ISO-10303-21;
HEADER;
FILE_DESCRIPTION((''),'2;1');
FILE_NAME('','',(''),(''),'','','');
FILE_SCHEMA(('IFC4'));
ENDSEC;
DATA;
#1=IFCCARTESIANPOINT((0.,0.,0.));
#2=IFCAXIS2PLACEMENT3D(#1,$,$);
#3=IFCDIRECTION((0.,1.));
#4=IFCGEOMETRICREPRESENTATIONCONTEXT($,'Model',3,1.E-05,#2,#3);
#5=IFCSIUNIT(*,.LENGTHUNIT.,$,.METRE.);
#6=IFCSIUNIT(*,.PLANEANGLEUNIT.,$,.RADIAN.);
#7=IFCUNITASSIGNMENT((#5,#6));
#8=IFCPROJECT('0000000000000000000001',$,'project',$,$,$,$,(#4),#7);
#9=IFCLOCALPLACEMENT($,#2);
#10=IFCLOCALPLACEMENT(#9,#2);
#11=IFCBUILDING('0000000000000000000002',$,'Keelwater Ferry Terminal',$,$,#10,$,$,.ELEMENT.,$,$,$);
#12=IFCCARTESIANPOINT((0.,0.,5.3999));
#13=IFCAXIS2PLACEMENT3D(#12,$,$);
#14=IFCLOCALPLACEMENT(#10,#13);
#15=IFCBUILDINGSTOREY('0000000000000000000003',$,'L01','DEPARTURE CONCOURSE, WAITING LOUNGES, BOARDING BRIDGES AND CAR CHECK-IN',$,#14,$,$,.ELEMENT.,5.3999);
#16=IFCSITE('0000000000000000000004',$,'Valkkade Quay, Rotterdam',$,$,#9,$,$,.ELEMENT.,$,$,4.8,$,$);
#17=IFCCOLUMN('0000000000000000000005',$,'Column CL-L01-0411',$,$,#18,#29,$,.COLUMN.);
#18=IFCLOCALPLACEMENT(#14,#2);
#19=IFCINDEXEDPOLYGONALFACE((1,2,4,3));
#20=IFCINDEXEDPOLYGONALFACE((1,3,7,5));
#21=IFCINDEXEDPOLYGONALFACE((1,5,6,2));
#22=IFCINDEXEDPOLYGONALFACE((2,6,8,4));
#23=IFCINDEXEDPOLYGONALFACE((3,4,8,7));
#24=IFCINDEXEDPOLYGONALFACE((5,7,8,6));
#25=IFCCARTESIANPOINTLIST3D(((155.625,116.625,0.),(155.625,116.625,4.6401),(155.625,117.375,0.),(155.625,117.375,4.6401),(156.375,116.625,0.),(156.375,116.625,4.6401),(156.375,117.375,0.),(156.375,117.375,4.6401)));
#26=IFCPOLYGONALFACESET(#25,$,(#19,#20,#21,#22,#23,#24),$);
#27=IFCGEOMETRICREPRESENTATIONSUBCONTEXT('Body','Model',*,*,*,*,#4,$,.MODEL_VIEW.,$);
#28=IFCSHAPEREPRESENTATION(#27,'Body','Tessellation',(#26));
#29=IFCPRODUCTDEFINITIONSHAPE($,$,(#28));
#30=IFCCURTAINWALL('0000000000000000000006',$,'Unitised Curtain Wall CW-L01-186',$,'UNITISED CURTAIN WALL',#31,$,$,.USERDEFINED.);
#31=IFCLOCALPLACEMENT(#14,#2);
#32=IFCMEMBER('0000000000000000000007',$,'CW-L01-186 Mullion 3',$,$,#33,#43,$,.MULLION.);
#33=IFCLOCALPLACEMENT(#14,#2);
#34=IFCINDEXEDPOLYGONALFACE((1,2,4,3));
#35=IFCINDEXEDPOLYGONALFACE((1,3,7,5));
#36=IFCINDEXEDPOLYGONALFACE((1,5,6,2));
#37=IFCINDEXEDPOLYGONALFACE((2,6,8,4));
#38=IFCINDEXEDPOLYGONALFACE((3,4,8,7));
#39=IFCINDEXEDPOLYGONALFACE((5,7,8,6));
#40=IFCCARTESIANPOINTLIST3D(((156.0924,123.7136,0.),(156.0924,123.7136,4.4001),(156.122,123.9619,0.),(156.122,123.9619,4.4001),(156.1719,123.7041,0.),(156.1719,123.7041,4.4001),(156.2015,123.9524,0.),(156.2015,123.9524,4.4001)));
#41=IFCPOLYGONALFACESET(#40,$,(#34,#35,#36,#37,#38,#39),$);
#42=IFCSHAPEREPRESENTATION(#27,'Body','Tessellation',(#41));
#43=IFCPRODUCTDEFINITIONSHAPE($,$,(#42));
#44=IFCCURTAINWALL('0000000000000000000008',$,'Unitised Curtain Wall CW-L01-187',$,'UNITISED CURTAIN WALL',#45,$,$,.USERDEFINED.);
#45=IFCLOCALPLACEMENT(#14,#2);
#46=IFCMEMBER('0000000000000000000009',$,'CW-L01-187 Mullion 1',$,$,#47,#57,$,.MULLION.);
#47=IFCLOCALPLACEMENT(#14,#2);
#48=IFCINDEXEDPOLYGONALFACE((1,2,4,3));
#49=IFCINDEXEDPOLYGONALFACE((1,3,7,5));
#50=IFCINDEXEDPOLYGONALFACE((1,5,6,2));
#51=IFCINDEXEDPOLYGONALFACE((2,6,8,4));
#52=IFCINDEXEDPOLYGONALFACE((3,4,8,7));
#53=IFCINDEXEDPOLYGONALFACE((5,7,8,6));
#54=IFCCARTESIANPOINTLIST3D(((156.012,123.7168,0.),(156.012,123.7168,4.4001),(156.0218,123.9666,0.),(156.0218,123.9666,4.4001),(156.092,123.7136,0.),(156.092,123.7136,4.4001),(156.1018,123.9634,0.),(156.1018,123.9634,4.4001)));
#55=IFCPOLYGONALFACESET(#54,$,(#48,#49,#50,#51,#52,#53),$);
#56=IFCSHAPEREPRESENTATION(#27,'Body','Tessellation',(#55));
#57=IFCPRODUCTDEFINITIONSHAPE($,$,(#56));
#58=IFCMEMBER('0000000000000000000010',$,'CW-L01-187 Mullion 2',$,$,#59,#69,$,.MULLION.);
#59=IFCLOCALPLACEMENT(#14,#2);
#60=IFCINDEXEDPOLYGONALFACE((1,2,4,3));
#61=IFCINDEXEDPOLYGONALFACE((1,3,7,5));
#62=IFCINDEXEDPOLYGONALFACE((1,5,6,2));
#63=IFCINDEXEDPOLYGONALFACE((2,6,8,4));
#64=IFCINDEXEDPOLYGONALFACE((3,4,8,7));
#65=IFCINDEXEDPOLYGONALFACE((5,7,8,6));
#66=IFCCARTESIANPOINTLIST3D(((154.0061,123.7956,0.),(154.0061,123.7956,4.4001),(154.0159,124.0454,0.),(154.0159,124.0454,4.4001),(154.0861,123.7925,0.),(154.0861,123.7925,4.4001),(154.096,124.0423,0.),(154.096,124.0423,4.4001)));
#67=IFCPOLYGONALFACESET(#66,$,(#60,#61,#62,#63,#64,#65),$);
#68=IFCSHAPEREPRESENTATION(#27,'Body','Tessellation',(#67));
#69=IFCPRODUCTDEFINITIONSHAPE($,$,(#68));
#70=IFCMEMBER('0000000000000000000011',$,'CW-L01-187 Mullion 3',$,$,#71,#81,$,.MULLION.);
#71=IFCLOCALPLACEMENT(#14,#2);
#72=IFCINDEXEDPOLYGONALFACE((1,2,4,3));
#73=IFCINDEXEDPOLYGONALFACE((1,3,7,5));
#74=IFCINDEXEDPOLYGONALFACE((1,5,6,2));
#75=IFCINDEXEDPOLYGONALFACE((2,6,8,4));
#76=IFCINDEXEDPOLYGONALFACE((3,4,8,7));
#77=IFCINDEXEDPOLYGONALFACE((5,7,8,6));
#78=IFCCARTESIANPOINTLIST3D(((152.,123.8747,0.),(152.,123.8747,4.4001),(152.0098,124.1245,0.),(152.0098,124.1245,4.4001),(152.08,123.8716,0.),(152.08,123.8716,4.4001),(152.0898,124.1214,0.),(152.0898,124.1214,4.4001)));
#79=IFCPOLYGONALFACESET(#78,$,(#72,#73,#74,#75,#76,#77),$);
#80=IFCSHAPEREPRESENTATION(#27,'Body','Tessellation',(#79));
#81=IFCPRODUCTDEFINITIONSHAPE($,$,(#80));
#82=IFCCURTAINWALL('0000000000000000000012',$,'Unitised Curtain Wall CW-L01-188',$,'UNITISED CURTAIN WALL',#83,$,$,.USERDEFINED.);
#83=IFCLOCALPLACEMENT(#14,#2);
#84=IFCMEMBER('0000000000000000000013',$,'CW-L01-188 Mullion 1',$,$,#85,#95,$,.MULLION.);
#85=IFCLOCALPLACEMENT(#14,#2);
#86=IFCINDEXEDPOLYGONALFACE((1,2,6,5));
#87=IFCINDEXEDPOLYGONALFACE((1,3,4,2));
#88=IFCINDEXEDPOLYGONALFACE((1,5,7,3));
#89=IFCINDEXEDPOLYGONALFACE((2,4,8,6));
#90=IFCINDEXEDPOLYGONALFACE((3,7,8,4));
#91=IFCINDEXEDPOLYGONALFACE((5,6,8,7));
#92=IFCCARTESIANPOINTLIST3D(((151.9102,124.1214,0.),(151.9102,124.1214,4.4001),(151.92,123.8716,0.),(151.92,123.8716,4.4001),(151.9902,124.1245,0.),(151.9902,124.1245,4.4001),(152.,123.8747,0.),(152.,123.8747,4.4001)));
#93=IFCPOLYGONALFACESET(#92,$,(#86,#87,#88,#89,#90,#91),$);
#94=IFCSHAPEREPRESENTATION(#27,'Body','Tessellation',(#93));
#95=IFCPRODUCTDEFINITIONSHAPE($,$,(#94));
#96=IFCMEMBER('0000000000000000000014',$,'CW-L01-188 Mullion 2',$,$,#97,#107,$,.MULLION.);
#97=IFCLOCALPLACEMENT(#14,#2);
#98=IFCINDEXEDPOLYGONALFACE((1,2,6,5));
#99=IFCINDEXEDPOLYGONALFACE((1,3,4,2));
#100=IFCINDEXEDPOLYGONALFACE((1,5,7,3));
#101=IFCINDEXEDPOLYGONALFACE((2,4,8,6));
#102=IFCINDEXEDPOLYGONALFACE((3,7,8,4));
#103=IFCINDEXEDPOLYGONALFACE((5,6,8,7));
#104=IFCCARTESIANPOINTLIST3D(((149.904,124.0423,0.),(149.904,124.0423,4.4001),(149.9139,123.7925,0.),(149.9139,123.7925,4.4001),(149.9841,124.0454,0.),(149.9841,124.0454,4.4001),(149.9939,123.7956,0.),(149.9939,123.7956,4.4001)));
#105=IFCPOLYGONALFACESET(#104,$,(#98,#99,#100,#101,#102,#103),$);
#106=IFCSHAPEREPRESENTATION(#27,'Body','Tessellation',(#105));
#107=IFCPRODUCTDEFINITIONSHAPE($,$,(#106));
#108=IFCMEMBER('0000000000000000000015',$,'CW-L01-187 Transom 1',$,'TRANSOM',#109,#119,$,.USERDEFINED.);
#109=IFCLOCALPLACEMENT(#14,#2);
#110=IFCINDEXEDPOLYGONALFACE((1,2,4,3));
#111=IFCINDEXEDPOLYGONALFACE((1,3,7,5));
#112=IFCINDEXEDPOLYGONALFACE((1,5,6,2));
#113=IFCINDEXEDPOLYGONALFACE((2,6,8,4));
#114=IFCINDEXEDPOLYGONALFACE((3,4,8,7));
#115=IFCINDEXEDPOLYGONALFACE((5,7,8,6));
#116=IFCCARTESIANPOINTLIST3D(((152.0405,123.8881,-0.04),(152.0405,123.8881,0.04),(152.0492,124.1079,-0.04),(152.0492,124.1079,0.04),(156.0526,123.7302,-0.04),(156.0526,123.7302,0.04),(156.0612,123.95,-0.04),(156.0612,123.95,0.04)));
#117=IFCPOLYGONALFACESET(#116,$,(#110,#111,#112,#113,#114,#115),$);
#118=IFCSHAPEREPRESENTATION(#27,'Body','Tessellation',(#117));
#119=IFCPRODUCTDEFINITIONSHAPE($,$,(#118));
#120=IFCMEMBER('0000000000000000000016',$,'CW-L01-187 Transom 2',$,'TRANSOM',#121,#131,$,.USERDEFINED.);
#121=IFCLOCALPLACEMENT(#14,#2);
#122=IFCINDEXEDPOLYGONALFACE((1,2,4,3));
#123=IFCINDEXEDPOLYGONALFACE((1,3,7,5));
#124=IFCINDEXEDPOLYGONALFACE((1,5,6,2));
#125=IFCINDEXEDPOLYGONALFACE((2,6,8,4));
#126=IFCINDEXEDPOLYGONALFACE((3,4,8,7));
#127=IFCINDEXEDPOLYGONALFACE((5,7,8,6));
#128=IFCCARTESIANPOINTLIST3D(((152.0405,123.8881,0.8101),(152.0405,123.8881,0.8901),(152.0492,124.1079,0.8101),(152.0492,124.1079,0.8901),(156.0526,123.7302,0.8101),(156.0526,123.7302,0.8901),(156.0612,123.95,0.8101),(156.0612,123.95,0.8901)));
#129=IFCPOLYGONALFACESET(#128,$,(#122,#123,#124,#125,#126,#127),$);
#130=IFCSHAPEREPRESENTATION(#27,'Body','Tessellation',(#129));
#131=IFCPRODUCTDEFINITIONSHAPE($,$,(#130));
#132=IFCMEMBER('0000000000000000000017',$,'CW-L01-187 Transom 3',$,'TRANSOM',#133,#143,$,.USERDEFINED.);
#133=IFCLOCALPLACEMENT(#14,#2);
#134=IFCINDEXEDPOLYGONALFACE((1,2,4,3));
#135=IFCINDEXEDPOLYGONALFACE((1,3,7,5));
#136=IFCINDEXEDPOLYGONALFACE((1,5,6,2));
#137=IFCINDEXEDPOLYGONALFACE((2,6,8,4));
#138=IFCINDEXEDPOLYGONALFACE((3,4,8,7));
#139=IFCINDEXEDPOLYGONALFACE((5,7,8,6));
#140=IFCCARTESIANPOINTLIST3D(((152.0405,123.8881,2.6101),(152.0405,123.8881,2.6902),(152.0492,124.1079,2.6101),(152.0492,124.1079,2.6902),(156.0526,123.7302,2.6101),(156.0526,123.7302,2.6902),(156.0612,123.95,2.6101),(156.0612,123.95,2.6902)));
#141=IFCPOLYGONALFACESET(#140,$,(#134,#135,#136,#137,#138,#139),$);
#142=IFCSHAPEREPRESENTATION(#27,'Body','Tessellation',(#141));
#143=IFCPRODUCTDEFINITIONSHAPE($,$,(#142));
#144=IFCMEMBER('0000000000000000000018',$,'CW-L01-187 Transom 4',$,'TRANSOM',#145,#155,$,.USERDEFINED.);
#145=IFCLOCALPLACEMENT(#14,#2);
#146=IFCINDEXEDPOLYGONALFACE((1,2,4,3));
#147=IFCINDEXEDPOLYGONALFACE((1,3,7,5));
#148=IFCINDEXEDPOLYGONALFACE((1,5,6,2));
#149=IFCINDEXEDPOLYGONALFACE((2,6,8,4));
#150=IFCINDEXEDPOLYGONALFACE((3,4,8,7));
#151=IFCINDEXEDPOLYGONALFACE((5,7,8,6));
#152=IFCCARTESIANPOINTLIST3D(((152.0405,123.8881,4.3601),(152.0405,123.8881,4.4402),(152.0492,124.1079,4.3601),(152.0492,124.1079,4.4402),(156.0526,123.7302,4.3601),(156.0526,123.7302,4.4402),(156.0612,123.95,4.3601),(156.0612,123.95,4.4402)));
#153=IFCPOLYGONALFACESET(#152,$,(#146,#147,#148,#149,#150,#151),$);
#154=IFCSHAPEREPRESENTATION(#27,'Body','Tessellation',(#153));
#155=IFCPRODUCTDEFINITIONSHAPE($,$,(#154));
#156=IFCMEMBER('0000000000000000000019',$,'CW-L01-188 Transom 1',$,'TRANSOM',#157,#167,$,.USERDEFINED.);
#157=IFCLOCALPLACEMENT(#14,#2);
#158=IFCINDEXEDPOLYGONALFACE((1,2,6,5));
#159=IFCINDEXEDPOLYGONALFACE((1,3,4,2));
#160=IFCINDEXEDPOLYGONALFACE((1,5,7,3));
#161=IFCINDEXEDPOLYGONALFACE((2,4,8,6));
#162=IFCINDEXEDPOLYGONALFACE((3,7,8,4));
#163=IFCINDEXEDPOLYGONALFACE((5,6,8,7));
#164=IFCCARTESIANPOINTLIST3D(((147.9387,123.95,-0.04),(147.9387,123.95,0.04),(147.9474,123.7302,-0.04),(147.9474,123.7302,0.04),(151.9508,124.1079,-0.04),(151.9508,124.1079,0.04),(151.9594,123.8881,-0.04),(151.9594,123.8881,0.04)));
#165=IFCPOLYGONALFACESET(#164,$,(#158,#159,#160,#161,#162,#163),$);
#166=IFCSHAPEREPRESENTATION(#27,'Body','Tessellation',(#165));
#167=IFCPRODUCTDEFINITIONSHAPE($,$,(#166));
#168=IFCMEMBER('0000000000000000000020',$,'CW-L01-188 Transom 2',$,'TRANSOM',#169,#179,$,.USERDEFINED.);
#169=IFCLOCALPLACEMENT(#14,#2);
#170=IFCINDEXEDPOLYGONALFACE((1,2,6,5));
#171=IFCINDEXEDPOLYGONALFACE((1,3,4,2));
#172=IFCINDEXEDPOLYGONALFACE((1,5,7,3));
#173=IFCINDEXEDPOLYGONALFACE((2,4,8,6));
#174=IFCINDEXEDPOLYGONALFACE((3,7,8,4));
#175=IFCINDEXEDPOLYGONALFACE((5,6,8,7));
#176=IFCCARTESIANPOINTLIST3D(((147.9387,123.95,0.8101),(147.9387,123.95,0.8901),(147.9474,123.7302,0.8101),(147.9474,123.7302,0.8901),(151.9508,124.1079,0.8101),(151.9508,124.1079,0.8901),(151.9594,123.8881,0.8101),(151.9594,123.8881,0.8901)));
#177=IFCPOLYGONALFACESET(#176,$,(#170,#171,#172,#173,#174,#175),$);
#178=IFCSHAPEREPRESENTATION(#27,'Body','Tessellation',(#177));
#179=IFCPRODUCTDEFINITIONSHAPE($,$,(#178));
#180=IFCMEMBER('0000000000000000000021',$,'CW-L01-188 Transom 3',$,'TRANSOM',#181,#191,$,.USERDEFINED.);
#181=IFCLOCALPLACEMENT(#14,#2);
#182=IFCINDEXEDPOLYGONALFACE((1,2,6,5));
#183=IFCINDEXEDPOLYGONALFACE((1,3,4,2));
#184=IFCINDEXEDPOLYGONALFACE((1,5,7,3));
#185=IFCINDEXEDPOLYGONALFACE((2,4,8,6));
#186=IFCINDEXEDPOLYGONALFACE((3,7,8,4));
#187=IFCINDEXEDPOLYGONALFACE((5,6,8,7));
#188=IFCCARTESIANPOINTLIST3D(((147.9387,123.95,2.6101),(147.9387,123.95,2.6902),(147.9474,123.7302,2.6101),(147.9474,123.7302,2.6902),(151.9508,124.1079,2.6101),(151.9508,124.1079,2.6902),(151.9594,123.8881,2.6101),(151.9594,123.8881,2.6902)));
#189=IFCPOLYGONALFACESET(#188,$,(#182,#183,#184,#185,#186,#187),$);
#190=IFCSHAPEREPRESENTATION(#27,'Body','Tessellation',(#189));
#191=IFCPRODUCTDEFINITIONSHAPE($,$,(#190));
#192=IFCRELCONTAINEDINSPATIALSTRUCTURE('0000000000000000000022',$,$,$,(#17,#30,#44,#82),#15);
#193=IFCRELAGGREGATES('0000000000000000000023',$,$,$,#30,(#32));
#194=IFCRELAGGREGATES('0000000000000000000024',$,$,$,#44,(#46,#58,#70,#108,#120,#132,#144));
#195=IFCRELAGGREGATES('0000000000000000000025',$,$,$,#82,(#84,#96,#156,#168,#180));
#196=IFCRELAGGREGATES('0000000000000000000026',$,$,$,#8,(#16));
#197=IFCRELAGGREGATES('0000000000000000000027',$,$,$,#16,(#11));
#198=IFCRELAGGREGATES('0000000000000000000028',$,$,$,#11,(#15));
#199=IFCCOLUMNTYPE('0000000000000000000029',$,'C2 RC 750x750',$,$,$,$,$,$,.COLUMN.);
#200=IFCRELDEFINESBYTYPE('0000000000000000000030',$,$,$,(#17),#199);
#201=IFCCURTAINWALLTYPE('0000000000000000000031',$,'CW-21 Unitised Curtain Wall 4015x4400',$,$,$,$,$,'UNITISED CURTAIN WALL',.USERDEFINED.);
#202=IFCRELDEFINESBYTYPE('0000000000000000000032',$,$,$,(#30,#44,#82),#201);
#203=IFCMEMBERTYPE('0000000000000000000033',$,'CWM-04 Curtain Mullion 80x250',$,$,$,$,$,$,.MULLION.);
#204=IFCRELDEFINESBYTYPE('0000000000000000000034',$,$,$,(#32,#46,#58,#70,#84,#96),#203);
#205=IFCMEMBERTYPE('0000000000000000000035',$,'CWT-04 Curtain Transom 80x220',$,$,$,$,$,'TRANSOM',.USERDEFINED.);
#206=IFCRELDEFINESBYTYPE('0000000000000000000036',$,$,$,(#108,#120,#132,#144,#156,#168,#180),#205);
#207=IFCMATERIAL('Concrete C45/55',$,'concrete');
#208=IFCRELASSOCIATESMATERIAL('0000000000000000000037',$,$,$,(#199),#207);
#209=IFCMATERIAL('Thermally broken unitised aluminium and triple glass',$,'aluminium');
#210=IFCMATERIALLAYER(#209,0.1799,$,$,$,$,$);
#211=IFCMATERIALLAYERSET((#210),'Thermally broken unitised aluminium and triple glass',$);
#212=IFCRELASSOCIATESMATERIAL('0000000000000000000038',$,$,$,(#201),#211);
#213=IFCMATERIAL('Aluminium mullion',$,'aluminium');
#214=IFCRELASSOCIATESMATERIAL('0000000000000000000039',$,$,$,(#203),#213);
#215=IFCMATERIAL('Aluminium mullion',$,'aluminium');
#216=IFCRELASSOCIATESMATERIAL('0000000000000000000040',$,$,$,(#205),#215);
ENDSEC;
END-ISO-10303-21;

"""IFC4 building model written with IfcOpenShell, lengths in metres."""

from ifc_helpers import new_model, si_unit, direction, frame, origin, origin_2d, place, context, subcontext, project, spatial, rectangle, extrude, material, layer, layer_set, material_profile, profile_set, type_object, element, aggregate, save


model = new_model("IFC4")

# Units and contexts
model_context = context("Model", 3, precision=1e-05, world=origin(), true_north=direction((0.0, 1.0)))
body_context = subcontext(model_context, "Body", "Model", "MODEL_VIEW")
ifc_project = project(units=[si_unit("LENGTHUNIT", "METRE"), si_unit("PLANEANGLEUNIT", "RADIAN")], contexts=[model_context])

# Site, building, storey
site_placement = place(None, origin())
site = spatial("IfcSite", under=ifc_project, at=site_placement, Name="Valkkade Quay, Rotterdam", CompositionType="ELEMENT", RefElevation=4.8)
building_placement = place(site_placement, origin())
building = spatial("IfcBuilding", under=site, at=building_placement, Name="Keelwater Ferry Terminal", CompositionType="ELEMENT")
storey_placement = place(building_placement, frame((0.0, 0.0, 5.3999)))
storey = spatial("IfcBuildingStorey", under=building, at=storey_placement, Name="L01", Description="DEPARTURE CONCOURSE, WAITING LOUNGES, BOARDING BRIDGES AND CAR CHECK-IN", CompositionType="ELEMENT", Elevation=5.3999)

# Column
ifc_material_1 = material(Name="Concrete C45/55", Category="concrete")
ifc_material_profile_1 = material_profile(ifc_material_1, rectangle(XDim=0.75, YDim=0.75, at=origin_2d()), Name="RC 750x750")
ifc_profile_set_1 = profile_set([ifc_material_profile_1], Name="Concrete C45/55")
column_type = type_object("IfcColumnType", Name="C2 RC 750x750", PredefinedType="COLUMN", material=ifc_profile_set_1)
column_placement = place(storey_placement, frame((156.0, 117.0, 0.0), z_axis=(0.0, 0.0, 1.0), x_axis=(1.0, 0.0, 0.0)))
element("IfcColumn", 1, at=column_placement, inside=storey, type_object=column_type, Name="Column CL-L01-0411", PredefinedType="COLUMN", context=body_context, shape_type="SweptSolid", body=[
    extrude(rectangle(XDim=0.75, YDim=0.75, at=origin_2d()), origin(), (0.0, 0.0, 1.0), 4.6401),
])

# Curtain wall, member
ifc_material_2 = material(Name="Thermally broken unitised aluminium and triple glass", Category="aluminium")
ifc_layer_1 = layer(ifc_material_2, 0.1799)
ifc_layer_set_1 = layer_set([ifc_layer_1], Name="Thermally broken unitised aluminium and triple glass")
curtain_wall_type = type_object("IfcCurtainWallType", Name="CW-21 Unitised Curtain Wall 4015x4400", ElementType="UNITISED CURTAIN WALL", PredefinedType="USERDEFINED", material=ifc_layer_set_1)
curtain_wall_1_placement = place(storey_placement, origin())
curtain_wall_1 = element("IfcCurtainWall", 2, at=curtain_wall_1_placement, inside=storey, type_object=curtain_wall_type, Name="Unitised Curtain Wall CW-L01-186", ObjectType="UNITISED CURTAIN WALL", PredefinedType="USERDEFINED")
ifc_material_3 = material(Name="Aluminium mullion", Category="aluminium")
ifc_material_profile_2 = material_profile(ifc_material_3, rectangle(XDim=0.0801, YDim=0.25, at=origin_2d()), Name="CWM-04")
ifc_profile_set_2 = profile_set([ifc_material_profile_2], Name="Aluminium mullion")
member_type_1 = type_object("IfcMemberType", Name="CWM-04 Curtain Mullion 80x250", PredefinedType="MULLION", material=ifc_profile_set_2)
member_1_placement = place(storey_placement, frame((156.147, 123.833, 0.0), z_axis=(0.0, 0.0, 1.0), x_axis=(-0.992974, 0.11833, 0.0)))
member_1 = element("IfcMember", 3, at=member_1_placement, type_object=member_type_1, Name="CW-L01-186 Mullion 3", PredefinedType="MULLION", context=body_context, shape_type="SweptSolid", body=[
    extrude(rectangle(XDim=0.0801, YDim=0.25, at=origin_2d()), origin(), (0.0, 0.0, 1.0), 4.4001),
])
aggregate(curtain_wall_1, [member_1])

# Curtain walls, members
curtain_wall_2_placement = place(storey_placement, origin())
curtain_wall_2 = element("IfcCurtainWall", 4, at=curtain_wall_2_placement, inside=storey, type_object=curtain_wall_type, Name="Unitised Curtain Wall CW-L01-187", ObjectType="UNITISED CURTAIN WALL", PredefinedType="USERDEFINED")
member_2_placement = place(storey_placement, frame((156.0569, 123.8401, 0.0), z_axis=(0.0, 0.0, 1.0), x_axis=(-0.999225, 0.039351, 0.0)))
member_2 = element("IfcMember", 5, at=member_2_placement, type_object=member_type_1, Name="CW-L01-187 Mullion 1", PredefinedType="MULLION", context=body_context, shape_type="SweptSolid", body=[
    extrude(rectangle(XDim=0.0801, YDim=0.25, at=origin_2d()), origin(), (0.0, 0.0, 1.0), 4.4001),
])
member_3_placement = place(storey_placement, frame((154.051, 123.9189, 0.0), z_axis=(0.0, 0.0, 1.0), x_axis=(-0.999225, 0.039351, 0.0)))
member_3 = element("IfcMember", 6, at=member_3_placement, type_object=member_type_1, Name="CW-L01-187 Mullion 2", PredefinedType="MULLION", context=body_context, shape_type="SweptSolid", body=[
    extrude(rectangle(XDim=0.0801, YDim=0.25, at=origin_2d()), origin(), (0.0, 0.0, 1.0), 4.4001),
])
member_4_placement = place(storey_placement, frame((152.0449, 123.998, 0.0), z_axis=(0.0, 0.0, 1.0), x_axis=(-0.999225, 0.039351, 0.0)))
member_4 = element("IfcMember", 7, at=member_4_placement, type_object=member_type_1, Name="CW-L01-187 Mullion 3", PredefinedType="MULLION", context=body_context, shape_type="SweptSolid", body=[
    extrude(rectangle(XDim=0.0801, YDim=0.25, at=origin_2d()), origin(), (0.0, 0.0, 1.0), 4.4001),
])
curtain_wall_3_placement = place(storey_placement, origin())
curtain_wall_3 = element("IfcCurtainWall", 8, at=curtain_wall_3_placement, inside=storey, type_object=curtain_wall_type, Name="Unitised Curtain Wall CW-L01-188", ObjectType="UNITISED CURTAIN WALL", PredefinedType="USERDEFINED")
member_5_placement = place(storey_placement, frame((151.9551, 123.998, 0.0), z_axis=(0.0, 0.0, 1.0), x_axis=(-0.999225, -0.039351, 0.0)))
member_5 = element("IfcMember", 9, at=member_5_placement, type_object=member_type_1, Name="CW-L01-188 Mullion 1", PredefinedType="MULLION", context=body_context, shape_type="SweptSolid", body=[
    extrude(rectangle(XDim=0.0801, YDim=0.25, at=origin_2d()), origin(), (0.0, 0.0, 1.0), 4.4001),
])
member_6_placement = place(storey_placement, frame((149.949, 123.9189, 0.0), z_axis=(0.0, 0.0, 1.0), x_axis=(-0.999225, -0.039351, 0.0)))
member_6 = element("IfcMember", 10, at=member_6_placement, type_object=member_type_1, Name="CW-L01-188 Mullion 2", PredefinedType="MULLION", context=body_context, shape_type="SweptSolid", body=[
    extrude(rectangle(XDim=0.0801, YDim=0.25, at=origin_2d()), origin(), (0.0, 0.0, 1.0), 4.4001),
])

# Members
ifc_material_4 = material(Name="Aluminium mullion", Category="aluminium")
ifc_material_profile_3 = material_profile(ifc_material_4, rectangle(XDim=0.22, YDim=0.0801, at=origin_2d()), Name="CWT-04")
ifc_profile_set_3 = profile_set([ifc_material_profile_3], Name="Aluminium mullion")
member_type_2 = type_object("IfcMemberType", Name="CWT-04 Curtain Transom 80x220", ElementType="TRANSOM", PredefinedType="USERDEFINED", material=ifc_profile_set_3)
member_7_placement = place(storey_placement, frame((156.0569, 123.8401, 0.0), z_axis=(-0.999226, 0.039342, 0.0), x_axis=(-0.039342, -0.999226, 0.0)))
member_7 = element("IfcMember", 11, at=member_7_placement, type_object=member_type_2, Name="CW-L01-187 Transom 1", ObjectType="TRANSOM", PredefinedType="USERDEFINED", context=body_context, shape_type="SweptSolid", body=[
    extrude(rectangle(XDim=0.22, YDim=0.0801, at=origin_2d()), origin(), (0.0, 0.0, 1.0), 4.0151),
])
member_8_placement = place(storey_placement, frame((156.0569, 123.8401, 0.8501), z_axis=(-0.999226, 0.039342, 0.0), x_axis=(-0.039342, -0.999226, 0.0)))
member_8 = element("IfcMember", 12, at=member_8_placement, type_object=member_type_2, Name="CW-L01-187 Transom 2", ObjectType="TRANSOM", PredefinedType="USERDEFINED", context=body_context, shape_type="SweptSolid", body=[
    extrude(rectangle(XDim=0.22, YDim=0.0801, at=origin_2d()), origin(), (0.0, 0.0, 1.0), 4.0151),
])
member_9_placement = place(storey_placement, frame((156.0569, 123.8401, 2.6501), z_axis=(-0.999226, 0.039342, 0.0), x_axis=(-0.039342, -0.999226, 0.0)))
member_9 = element("IfcMember", 13, at=member_9_placement, type_object=member_type_2, Name="CW-L01-187 Transom 3", ObjectType="TRANSOM", PredefinedType="USERDEFINED", context=body_context, shape_type="SweptSolid", body=[
    extrude(rectangle(XDim=0.22, YDim=0.0801, at=origin_2d()), origin(), (0.0, 0.0, 1.0), 4.0151),
])
member_10_placement = place(storey_placement, frame((156.0569, 123.8401, 4.4001), z_axis=(-0.999226, 0.039342, 0.0), x_axis=(-0.039342, -0.999226, 0.0)))
member_10 = element("IfcMember", 14, at=member_10_placement, type_object=member_type_2, Name="CW-L01-187 Transom 4", ObjectType="TRANSOM", PredefinedType="USERDEFINED", context=body_context, shape_type="SweptSolid", body=[
    extrude(rectangle(XDim=0.22, YDim=0.0801, at=origin_2d()), origin(), (0.0, 0.0, 1.0), 4.0151),
])
member_11_placement = place(storey_placement, frame((151.9551, 123.998, 0.0), z_axis=(-0.999226, -0.039342, 0.0), x_axis=(0.039342, -0.999226, 0.0)))
member_11 = element("IfcMember", 15, at=member_11_placement, type_object=member_type_2, Name="CW-L01-188 Transom 1", ObjectType="TRANSOM", PredefinedType="USERDEFINED", context=body_context, shape_type="SweptSolid", body=[
    extrude(rectangle(XDim=0.22, YDim=0.0801, at=origin_2d()), origin(), (0.0, 0.0, 1.0), 4.0151),
])
member_12_placement = place(storey_placement, frame((151.9551, 123.998, 0.8501), z_axis=(-0.999226, -0.039342, 0.0), x_axis=(0.039342, -0.999226, 0.0)))
member_12 = element("IfcMember", 16, at=member_12_placement, type_object=member_type_2, Name="CW-L01-188 Transom 2", ObjectType="TRANSOM", PredefinedType="USERDEFINED", context=body_context, shape_type="SweptSolid", body=[
    extrude(rectangle(XDim=0.22, YDim=0.0801, at=origin_2d()), origin(), (0.0, 0.0, 1.0), 4.0151),
])
member_13_placement = place(storey_placement, frame((151.9551, 123.998, 2.6501), z_axis=(-0.999226, -0.039342, 0.0), x_axis=(0.039342, -0.999226, 0.0)))
member_13 = element("IfcMember", 17, at=member_13_placement, type_object=member_type_2, Name="CW-L01-188 Transom 3", ObjectType="TRANSOM", PredefinedType="USERDEFINED", context=body_context, shape_type="SweptSolid", body=[
    extrude(rectangle(XDim=0.22, YDim=0.0801, at=origin_2d()), origin(), (0.0, 0.0, 1.0), 4.0151),
])

aggregate(curtain_wall_2, [member_2, member_3, member_4, member_7, member_8, member_9, member_10])
aggregate(curtain_wall_3, [member_5, member_6, member_11, member_12, member_13])

save(model, "model.ifc")
